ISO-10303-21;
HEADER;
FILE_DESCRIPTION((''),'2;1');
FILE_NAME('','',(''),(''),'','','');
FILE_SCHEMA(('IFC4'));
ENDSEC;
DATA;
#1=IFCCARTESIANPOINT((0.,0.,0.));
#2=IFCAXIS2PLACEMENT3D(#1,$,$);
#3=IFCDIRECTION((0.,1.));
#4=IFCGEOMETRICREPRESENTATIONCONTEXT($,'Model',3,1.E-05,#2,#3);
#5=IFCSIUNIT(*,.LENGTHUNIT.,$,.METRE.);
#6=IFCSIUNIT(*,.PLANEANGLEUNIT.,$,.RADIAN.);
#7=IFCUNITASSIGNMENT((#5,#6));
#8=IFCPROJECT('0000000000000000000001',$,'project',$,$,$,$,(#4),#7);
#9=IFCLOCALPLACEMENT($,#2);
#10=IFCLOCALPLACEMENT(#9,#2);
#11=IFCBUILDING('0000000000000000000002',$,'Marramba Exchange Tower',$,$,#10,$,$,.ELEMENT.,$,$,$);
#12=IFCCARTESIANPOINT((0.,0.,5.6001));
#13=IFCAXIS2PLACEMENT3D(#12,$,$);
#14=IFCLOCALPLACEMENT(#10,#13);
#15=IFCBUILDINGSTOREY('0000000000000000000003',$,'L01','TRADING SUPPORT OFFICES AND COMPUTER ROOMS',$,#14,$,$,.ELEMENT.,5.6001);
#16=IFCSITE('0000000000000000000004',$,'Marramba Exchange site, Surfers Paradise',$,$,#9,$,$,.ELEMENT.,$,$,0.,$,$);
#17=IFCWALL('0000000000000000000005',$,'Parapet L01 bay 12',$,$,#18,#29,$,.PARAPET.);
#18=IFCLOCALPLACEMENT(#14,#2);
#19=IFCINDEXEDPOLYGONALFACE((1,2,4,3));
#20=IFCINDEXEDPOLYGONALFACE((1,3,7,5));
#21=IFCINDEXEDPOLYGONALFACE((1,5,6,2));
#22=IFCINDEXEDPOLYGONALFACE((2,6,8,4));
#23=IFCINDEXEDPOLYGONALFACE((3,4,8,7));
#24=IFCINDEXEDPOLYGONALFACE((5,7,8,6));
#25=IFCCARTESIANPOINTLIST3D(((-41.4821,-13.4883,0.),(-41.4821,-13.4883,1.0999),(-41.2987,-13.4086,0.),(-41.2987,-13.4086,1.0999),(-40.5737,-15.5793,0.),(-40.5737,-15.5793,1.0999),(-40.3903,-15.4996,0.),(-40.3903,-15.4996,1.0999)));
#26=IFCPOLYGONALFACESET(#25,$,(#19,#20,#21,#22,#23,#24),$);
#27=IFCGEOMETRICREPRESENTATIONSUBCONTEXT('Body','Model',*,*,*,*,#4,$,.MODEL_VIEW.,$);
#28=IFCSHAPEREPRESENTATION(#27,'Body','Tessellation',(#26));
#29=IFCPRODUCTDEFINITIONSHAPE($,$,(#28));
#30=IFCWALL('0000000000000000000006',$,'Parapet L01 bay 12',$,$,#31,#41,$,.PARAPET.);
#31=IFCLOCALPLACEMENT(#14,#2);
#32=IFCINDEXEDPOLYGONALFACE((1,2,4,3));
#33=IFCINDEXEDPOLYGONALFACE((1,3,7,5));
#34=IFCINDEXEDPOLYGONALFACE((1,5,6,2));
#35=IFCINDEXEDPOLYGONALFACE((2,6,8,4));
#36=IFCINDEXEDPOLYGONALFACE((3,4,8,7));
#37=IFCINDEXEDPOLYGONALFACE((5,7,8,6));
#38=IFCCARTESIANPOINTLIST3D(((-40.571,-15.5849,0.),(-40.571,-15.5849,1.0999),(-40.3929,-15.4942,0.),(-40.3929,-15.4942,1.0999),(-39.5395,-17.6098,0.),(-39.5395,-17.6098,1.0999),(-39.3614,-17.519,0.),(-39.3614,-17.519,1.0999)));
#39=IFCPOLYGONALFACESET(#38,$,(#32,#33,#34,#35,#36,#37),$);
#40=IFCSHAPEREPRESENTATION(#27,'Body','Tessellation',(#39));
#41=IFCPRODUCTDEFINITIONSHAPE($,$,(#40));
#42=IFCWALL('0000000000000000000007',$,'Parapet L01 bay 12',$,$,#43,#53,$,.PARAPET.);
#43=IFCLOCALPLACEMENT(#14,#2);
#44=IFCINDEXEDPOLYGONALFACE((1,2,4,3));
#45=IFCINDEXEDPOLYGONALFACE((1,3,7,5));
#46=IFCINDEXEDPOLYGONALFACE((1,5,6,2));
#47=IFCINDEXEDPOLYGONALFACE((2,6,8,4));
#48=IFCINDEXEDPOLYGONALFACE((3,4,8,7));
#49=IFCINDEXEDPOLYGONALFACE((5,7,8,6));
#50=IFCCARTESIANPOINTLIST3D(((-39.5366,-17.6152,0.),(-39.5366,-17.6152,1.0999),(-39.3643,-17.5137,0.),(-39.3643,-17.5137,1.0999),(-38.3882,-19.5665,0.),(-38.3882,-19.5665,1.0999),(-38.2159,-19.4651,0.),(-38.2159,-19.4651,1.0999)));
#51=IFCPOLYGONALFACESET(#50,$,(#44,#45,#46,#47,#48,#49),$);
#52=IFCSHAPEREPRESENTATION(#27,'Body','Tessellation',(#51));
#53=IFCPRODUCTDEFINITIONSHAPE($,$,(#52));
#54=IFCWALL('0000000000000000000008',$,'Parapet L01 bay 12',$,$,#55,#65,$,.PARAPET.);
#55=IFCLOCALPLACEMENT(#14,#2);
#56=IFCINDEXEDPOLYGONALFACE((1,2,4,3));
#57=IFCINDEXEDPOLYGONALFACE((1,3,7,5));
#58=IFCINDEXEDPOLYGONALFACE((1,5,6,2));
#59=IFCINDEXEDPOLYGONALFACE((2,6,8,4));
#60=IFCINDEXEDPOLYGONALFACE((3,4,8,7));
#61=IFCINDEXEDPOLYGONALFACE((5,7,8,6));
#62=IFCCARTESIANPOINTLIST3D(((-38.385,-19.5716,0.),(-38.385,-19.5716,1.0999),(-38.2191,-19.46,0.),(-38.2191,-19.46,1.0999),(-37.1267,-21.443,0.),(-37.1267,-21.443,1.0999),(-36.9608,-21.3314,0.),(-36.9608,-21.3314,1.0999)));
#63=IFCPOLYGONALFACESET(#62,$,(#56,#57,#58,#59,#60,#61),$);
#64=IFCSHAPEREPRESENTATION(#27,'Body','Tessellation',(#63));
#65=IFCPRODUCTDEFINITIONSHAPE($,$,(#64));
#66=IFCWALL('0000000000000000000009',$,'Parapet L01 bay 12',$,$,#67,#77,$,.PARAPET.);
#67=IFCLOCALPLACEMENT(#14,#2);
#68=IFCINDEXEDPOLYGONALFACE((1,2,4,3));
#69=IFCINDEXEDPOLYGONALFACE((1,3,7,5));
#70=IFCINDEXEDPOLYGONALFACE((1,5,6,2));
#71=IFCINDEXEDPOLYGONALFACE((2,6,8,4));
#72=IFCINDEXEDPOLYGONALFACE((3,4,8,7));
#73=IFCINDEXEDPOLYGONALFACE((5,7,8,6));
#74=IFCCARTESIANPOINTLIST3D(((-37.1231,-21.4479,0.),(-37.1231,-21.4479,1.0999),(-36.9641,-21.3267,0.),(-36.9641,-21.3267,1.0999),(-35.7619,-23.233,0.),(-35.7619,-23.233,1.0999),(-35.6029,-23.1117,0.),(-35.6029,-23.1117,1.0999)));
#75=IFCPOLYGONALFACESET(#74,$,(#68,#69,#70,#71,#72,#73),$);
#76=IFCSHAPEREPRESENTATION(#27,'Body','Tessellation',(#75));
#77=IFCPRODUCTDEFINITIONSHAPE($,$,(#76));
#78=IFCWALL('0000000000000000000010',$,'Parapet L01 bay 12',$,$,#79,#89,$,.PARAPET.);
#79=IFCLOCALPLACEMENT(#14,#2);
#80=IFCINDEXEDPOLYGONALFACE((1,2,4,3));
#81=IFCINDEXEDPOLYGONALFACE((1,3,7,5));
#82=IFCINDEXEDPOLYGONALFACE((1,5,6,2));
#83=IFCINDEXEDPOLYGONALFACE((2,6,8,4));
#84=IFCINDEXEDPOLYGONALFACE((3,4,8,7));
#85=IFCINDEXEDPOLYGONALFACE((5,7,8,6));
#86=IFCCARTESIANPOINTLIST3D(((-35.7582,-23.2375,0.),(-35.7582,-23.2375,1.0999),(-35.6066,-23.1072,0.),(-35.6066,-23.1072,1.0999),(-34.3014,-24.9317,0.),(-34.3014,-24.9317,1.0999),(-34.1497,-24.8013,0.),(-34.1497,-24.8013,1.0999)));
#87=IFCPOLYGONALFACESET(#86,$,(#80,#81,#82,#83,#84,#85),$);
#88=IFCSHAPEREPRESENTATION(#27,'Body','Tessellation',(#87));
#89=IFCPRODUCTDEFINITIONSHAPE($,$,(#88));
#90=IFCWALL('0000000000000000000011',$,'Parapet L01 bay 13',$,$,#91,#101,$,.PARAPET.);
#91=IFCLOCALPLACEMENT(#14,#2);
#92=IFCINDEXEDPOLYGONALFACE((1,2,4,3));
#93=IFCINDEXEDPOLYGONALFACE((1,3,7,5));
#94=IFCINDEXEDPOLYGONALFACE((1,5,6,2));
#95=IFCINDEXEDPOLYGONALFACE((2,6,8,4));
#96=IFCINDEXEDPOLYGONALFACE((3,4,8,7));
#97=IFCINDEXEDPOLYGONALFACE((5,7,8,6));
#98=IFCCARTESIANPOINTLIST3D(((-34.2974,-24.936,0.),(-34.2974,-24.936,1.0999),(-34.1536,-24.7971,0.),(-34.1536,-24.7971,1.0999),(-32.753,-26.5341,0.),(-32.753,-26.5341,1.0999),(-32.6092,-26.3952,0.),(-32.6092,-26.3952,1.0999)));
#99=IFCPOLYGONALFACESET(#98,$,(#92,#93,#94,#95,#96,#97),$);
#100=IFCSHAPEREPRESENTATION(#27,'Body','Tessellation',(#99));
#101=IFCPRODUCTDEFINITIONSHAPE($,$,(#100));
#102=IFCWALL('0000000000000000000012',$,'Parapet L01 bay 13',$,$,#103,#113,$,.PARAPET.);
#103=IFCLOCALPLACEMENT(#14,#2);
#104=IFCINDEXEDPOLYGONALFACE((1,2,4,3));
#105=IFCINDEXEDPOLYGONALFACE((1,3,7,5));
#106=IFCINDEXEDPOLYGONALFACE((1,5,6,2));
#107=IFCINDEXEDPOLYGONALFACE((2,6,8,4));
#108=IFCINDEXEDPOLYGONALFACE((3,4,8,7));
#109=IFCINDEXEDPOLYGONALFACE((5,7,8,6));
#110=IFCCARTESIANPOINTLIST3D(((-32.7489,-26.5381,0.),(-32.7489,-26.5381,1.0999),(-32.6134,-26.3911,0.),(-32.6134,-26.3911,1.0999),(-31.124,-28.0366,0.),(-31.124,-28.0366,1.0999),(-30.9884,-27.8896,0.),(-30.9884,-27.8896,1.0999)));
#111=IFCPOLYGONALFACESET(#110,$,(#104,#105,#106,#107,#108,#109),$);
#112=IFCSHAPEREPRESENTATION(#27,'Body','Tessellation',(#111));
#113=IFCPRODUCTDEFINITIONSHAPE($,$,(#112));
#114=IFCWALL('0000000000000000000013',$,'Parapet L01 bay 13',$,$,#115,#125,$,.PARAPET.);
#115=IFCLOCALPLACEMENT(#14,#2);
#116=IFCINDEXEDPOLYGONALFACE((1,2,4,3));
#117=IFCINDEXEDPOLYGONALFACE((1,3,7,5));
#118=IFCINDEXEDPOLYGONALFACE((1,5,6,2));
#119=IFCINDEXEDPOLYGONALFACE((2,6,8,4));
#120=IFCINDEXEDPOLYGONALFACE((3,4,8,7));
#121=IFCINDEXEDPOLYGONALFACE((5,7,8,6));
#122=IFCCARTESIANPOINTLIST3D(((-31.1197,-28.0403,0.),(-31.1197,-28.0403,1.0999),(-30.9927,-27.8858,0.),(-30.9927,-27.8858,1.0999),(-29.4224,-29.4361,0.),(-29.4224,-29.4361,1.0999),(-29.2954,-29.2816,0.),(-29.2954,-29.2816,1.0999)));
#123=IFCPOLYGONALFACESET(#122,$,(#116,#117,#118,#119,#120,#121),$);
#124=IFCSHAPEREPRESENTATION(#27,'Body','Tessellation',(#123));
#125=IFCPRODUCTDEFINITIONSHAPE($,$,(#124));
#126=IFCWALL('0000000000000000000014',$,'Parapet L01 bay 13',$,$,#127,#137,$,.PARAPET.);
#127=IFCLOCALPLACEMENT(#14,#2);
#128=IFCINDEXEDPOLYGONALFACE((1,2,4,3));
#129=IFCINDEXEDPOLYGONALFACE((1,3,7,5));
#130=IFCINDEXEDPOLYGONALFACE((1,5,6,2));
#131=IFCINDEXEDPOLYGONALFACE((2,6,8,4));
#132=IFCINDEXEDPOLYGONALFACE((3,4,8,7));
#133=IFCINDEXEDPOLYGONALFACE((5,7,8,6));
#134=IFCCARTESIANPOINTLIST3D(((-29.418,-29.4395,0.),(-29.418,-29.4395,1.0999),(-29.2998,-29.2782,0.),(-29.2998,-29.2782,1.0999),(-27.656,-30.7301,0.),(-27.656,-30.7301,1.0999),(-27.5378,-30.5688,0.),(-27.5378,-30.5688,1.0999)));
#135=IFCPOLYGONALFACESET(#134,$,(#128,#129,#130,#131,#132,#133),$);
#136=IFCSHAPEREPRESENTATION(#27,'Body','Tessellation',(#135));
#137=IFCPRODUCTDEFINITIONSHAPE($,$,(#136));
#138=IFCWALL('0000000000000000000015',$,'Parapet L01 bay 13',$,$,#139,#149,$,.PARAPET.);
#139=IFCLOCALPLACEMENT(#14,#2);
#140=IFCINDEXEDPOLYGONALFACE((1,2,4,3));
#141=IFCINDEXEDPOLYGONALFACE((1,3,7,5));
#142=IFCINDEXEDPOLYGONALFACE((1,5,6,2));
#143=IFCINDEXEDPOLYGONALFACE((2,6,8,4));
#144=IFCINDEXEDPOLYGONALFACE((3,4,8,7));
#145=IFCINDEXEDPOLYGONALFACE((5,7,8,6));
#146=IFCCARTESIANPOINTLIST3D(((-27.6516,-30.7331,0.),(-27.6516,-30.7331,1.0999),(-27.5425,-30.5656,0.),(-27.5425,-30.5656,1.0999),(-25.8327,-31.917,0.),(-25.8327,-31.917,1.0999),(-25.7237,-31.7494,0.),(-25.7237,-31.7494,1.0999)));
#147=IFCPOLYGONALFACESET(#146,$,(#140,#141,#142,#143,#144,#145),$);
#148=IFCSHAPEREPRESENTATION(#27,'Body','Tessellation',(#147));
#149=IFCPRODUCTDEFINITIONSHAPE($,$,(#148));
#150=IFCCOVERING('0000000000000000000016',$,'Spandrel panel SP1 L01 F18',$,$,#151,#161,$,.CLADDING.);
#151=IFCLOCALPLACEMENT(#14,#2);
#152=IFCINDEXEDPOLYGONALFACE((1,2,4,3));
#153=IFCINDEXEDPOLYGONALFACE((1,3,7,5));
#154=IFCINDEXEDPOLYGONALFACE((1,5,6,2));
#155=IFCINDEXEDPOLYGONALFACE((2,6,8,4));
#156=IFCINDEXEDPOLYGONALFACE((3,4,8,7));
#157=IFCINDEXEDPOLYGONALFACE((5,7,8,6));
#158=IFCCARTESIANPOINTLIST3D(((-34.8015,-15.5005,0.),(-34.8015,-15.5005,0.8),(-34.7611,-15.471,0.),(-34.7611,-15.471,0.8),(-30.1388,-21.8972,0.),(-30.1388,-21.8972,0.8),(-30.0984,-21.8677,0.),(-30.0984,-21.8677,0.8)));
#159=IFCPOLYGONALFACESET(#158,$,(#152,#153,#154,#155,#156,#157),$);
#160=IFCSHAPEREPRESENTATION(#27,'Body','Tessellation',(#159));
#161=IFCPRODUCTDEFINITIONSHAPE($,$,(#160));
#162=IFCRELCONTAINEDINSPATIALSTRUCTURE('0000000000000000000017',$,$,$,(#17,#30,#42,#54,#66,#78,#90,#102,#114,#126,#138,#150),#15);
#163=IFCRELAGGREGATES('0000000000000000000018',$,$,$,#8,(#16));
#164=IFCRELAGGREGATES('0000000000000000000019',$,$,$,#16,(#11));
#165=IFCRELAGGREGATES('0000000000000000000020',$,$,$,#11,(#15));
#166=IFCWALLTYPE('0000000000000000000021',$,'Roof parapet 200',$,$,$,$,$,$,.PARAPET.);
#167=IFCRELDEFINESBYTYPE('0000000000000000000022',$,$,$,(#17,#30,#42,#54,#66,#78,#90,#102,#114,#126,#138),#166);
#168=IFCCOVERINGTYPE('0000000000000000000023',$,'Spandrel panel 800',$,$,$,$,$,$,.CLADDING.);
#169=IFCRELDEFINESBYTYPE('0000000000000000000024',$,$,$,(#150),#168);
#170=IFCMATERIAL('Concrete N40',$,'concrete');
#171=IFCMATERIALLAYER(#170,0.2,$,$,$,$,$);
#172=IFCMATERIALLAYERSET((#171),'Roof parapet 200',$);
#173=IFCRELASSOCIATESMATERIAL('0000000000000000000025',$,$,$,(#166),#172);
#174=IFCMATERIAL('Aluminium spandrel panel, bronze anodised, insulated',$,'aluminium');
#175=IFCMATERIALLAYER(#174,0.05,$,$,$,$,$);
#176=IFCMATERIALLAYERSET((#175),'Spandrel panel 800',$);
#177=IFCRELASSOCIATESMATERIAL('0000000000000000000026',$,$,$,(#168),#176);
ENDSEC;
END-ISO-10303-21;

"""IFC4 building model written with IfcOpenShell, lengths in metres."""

from ifc_helpers import new_model, si_unit, direction, frame, frame_2d, origin, origin_2d, place, context, subcontext, project, spatial, rectangle, extrude, material, layer, layer_set, type_object, element, save


model = new_model("IFC4")

# Units and contexts
model_context = context("Model", 3, precision=1e-05, world=origin(), true_north=direction((0.0, 1.0)))
body_context = subcontext(model_context, "Body", "Model", "MODEL_VIEW")
ifc_project = project(units=[si_unit("LENGTHUNIT", "METRE"), si_unit("PLANEANGLEUNIT", "RADIAN")], contexts=[model_context])

# Site, building, storey
site_placement = place(None, origin())
site = spatial("IfcSite", under=ifc_project, at=site_placement, Name="Marramba Exchange site, Surfers Paradise", CompositionType="ELEMENT", RefElevation=0.0)
building_placement = place(site_placement, origin())
building = spatial("IfcBuilding", under=site, at=building_placement, Name="Marramba Exchange Tower", CompositionType="ELEMENT")
storey_placement = place(building_placement, frame((0.0, 0.0, 5.6001)))
storey = spatial("IfcBuildingStorey", under=building, at=storey_placement, Name="L01", Description="TRADING SUPPORT OFFICES AND COMPUTER ROOMS", CompositionType="ELEMENT", Elevation=5.6001)

# Walls
ifc_material_1 = material(Name="Concrete N40", Category="concrete")
ifc_layer_1 = layer(ifc_material_1, 0.2)
ifc_layer_set_1 = layer_set([ifc_layer_1], Name="Roof parapet 200")
wall_type = type_object("IfcWallType", Name="Roof parapet 200", PredefinedType="PARAPET", material=ifc_layer_set_1)
wall_1_placement = place(storey_placement, frame((-41.3904, -13.4485, 0.0), z_axis=(0.0, 0.0, 1.0), x_axis=(0.398464, -0.917184, 0.0)))
element("IfcWall", 1, at=wall_1_placement, inside=storey, type_object=wall_type, Name="Parapet L01 bay 12", PredefinedType="PARAPET", context=body_context, shape_type="SweptSolid", body=[
    extrude(rectangle(XDim=2.2798, YDim=0.2, at=frame_2d((1.1399, 0.0))), origin(), (0.0, 0.0, 1.0), 1.0999),
])
wall_2_placement = place(storey_placement, frame((-40.4819, -15.5396, 0.0), z_axis=(0.0, 0.0, 1.0), x_axis=(0.453905, -0.89105, 0.0)))
element("IfcWall", 2, at=wall_2_placement, inside=storey, type_object=wall_type, Name="Parapet L01 bay 12", PredefinedType="PARAPET", context=body_context, shape_type="SweptSolid", body=[
    extrude(rectangle(XDim=2.2725, YDim=0.2, at=frame_2d((1.1362, 0.0))), origin(), (0.0, 0.0, 1.0), 1.0999),
])
wall_3_placement = place(storey_placement, frame((-39.4504, -17.5645, 0.0), z_axis=(0.0, 0.0, 1.0), x_axis=(0.507199, -0.861829, 0.0)))
element("IfcWall", 3, at=wall_3_placement, inside=storey, type_object=wall_type, Name="Parapet L01 bay 12", PredefinedType="PARAPET", context=body_context, shape_type="SweptSolid", body=[
    extrude(rectangle(XDim=2.2642, YDim=0.2, at=frame_2d((1.1321, 0.0))), origin(), (0.0, 0.0, 1.0), 1.0999),
])
wall_4_placement = place(storey_placement, frame((-38.302, -19.5159, 0.0), z_axis=(0.0, 0.0, 1.0), x_axis=(0.557994, -0.829845, 0.0)))
element("IfcWall", 4, at=wall_4_placement, inside=storey, type_object=wall_type, Name="Parapet L01 bay 12", PredefinedType="PARAPET", context=body_context, shape_type="SweptSolid", body=[
    extrude(rectangle(XDim=2.2551, YDim=0.2, at=frame_2d((1.1274, 0.0))), origin(), (0.0, 0.0, 1.0), 1.0999),
])
wall_5_placement = place(storey_placement, frame((-37.0437, -21.3872, 0.0), z_axis=(0.0, 0.0, 1.0), x_axis=(0.606384, -0.795172, 0.0)))
element("IfcWall", 5, at=wall_5_placement, inside=storey, type_object=wall_type, Name="Parapet L01 bay 12", PredefinedType="PARAPET", context=body_context, shape_type="SweptSolid", body=[
    extrude(rectangle(XDim=2.2449, YDim=0.2, at=frame_2d((1.1226, 0.0))), origin(), (0.0, 0.0, 1.0), 1.0999),
])
wall_6_placement = place(storey_placement, frame((-35.6824, -23.1724, 0.0), z_axis=(0.0, 0.0, 1.0), x_axis=(0.652005, -0.758214, 0.0)))
element("IfcWall", 6, at=wall_6_placement, inside=storey, type_object=wall_type, Name="Parapet L01 bay 12", PredefinedType="PARAPET", context=body_context, shape_type="SweptSolid", body=[
    extrude(rectangle(XDim=2.2344, YDim=0.2, at=frame_2d((1.1172, 0.0))), origin(), (0.0, 0.0, 1.0), 1.0999),
])
wall_7_placement = place(storey_placement, frame((-34.2256, -24.8665, 0.0), z_axis=(0.0, 0.0, 1.0), x_axis=(0.69492, -0.719087, 0.0)))
element("IfcWall", 7, at=wall_7_placement, inside=storey, type_object=wall_type, Name="Parapet L01 bay 13", PredefinedType="PARAPET", context=body_context, shape_type="SweptSolid", body=[
    extrude(rectangle(XDim=2.2224, YDim=0.2, at=frame_2d((1.1113, 0.0))), origin(), (0.0, 0.0, 1.0), 1.0999),
])
wall_8_placement = place(storey_placement, frame((-32.6812, -26.4646, 0.0), z_axis=(0.0, 0.0, 1.0), x_axis=(0.735134, -0.677922, 0.0)))
element("IfcWall", 8, at=wall_8_placement, inside=storey, type_object=wall_type, Name="Parapet L01 bay 13", PredefinedType="PARAPET", context=body_context, shape_type="SweptSolid", body=[
    extrude(rectangle(XDim=2.2104, YDim=0.2, at=frame_2d((1.1052, 0.0))), origin(), (0.0, 0.0, 1.0), 1.0999),
])
wall_9_placement = place(storey_placement, frame((-31.0562, -27.9631, 0.0), z_axis=(0.0, 0.0, 1.0), x_axis=(0.772376, -0.635166, 0.0)))
element("IfcWall", 9, at=wall_9_placement, inside=storey, type_object=wall_type, Name="Parapet L01 bay 13", PredefinedType="PARAPET", context=body_context, shape_type="SweptSolid", body=[
    extrude(rectangle(XDim=2.1975, YDim=0.2, at=frame_2d((1.0986, 0.0))), origin(), (0.0, 0.0, 1.0), 1.0999),
])
wall_10_placement = place(storey_placement, frame((-29.3589, -29.3589, 0.0), z_axis=(0.0, 0.0, 1.0), x_axis=(0.80675, -0.590893, 0.0)))
element("IfcWall", 10, at=wall_10_placement, inside=storey, type_object=wall_type, Name="Parapet L01 bay 13", PredefinedType="PARAPET", context=body_context, shape_type="SweptSolid", body=[
    extrude(rectangle(XDim=2.1841, YDim=0.2, at=frame_2d((1.092, 0.0))), origin(), (0.0, 0.0, 1.0), 1.0999),
])
wall_11_placement = place(storey_placement, frame((-27.5969, -30.6494, 0.0), z_axis=(0.0, 0.0, 1.0), x_axis=(0.838109, -0.545502, 0.0)))
element("IfcWall", 11, at=wall_11_placement, inside=storey, type_object=wall_type, Name="Parapet L01 bay 13", PredefinedType="PARAPET", context=body_context, shape_type="SweptSolid", body=[
    extrude(rectangle(XDim=2.1702, YDim=0.2, at=frame_2d((1.085, 0.0))), origin(), (0.0, 0.0, 1.0), 1.0999),
])

# Covering
ifc_material_2 = material(Name="Aluminium spandrel panel, bronze anodised, insulated", Category="aluminium")
ifc_layer_2 = layer(ifc_material_2, 0.05)
ifc_layer_set_2 = layer_set([ifc_layer_2], Name="Spandrel panel 800")
covering_type = type_object("IfcCoveringType", Name="Spandrel panel 800", PredefinedType="CLADDING", material=ifc_layer_set_2)
covering_placement = place(storey_placement, frame((-32.45, -18.6841, 0.0), z_axis=(0.0, 0.0, 1.0), x_axis=(0.589046, -0.8081, 0.0)))
element("IfcCovering", 12, at=covering_placement, inside=storey, type_object=covering_type, Name="Spandrel panel SP1 L01 F18", PredefinedType="CLADDING", context=body_context, shape_type="SweptSolid", body=[
    extrude(rectangle(XDim=7.9158, YDim=0.05, at=origin_2d()), origin(), (0.0, 0.0, 1.0), 0.8),
])

save(model, "model.ifc")
